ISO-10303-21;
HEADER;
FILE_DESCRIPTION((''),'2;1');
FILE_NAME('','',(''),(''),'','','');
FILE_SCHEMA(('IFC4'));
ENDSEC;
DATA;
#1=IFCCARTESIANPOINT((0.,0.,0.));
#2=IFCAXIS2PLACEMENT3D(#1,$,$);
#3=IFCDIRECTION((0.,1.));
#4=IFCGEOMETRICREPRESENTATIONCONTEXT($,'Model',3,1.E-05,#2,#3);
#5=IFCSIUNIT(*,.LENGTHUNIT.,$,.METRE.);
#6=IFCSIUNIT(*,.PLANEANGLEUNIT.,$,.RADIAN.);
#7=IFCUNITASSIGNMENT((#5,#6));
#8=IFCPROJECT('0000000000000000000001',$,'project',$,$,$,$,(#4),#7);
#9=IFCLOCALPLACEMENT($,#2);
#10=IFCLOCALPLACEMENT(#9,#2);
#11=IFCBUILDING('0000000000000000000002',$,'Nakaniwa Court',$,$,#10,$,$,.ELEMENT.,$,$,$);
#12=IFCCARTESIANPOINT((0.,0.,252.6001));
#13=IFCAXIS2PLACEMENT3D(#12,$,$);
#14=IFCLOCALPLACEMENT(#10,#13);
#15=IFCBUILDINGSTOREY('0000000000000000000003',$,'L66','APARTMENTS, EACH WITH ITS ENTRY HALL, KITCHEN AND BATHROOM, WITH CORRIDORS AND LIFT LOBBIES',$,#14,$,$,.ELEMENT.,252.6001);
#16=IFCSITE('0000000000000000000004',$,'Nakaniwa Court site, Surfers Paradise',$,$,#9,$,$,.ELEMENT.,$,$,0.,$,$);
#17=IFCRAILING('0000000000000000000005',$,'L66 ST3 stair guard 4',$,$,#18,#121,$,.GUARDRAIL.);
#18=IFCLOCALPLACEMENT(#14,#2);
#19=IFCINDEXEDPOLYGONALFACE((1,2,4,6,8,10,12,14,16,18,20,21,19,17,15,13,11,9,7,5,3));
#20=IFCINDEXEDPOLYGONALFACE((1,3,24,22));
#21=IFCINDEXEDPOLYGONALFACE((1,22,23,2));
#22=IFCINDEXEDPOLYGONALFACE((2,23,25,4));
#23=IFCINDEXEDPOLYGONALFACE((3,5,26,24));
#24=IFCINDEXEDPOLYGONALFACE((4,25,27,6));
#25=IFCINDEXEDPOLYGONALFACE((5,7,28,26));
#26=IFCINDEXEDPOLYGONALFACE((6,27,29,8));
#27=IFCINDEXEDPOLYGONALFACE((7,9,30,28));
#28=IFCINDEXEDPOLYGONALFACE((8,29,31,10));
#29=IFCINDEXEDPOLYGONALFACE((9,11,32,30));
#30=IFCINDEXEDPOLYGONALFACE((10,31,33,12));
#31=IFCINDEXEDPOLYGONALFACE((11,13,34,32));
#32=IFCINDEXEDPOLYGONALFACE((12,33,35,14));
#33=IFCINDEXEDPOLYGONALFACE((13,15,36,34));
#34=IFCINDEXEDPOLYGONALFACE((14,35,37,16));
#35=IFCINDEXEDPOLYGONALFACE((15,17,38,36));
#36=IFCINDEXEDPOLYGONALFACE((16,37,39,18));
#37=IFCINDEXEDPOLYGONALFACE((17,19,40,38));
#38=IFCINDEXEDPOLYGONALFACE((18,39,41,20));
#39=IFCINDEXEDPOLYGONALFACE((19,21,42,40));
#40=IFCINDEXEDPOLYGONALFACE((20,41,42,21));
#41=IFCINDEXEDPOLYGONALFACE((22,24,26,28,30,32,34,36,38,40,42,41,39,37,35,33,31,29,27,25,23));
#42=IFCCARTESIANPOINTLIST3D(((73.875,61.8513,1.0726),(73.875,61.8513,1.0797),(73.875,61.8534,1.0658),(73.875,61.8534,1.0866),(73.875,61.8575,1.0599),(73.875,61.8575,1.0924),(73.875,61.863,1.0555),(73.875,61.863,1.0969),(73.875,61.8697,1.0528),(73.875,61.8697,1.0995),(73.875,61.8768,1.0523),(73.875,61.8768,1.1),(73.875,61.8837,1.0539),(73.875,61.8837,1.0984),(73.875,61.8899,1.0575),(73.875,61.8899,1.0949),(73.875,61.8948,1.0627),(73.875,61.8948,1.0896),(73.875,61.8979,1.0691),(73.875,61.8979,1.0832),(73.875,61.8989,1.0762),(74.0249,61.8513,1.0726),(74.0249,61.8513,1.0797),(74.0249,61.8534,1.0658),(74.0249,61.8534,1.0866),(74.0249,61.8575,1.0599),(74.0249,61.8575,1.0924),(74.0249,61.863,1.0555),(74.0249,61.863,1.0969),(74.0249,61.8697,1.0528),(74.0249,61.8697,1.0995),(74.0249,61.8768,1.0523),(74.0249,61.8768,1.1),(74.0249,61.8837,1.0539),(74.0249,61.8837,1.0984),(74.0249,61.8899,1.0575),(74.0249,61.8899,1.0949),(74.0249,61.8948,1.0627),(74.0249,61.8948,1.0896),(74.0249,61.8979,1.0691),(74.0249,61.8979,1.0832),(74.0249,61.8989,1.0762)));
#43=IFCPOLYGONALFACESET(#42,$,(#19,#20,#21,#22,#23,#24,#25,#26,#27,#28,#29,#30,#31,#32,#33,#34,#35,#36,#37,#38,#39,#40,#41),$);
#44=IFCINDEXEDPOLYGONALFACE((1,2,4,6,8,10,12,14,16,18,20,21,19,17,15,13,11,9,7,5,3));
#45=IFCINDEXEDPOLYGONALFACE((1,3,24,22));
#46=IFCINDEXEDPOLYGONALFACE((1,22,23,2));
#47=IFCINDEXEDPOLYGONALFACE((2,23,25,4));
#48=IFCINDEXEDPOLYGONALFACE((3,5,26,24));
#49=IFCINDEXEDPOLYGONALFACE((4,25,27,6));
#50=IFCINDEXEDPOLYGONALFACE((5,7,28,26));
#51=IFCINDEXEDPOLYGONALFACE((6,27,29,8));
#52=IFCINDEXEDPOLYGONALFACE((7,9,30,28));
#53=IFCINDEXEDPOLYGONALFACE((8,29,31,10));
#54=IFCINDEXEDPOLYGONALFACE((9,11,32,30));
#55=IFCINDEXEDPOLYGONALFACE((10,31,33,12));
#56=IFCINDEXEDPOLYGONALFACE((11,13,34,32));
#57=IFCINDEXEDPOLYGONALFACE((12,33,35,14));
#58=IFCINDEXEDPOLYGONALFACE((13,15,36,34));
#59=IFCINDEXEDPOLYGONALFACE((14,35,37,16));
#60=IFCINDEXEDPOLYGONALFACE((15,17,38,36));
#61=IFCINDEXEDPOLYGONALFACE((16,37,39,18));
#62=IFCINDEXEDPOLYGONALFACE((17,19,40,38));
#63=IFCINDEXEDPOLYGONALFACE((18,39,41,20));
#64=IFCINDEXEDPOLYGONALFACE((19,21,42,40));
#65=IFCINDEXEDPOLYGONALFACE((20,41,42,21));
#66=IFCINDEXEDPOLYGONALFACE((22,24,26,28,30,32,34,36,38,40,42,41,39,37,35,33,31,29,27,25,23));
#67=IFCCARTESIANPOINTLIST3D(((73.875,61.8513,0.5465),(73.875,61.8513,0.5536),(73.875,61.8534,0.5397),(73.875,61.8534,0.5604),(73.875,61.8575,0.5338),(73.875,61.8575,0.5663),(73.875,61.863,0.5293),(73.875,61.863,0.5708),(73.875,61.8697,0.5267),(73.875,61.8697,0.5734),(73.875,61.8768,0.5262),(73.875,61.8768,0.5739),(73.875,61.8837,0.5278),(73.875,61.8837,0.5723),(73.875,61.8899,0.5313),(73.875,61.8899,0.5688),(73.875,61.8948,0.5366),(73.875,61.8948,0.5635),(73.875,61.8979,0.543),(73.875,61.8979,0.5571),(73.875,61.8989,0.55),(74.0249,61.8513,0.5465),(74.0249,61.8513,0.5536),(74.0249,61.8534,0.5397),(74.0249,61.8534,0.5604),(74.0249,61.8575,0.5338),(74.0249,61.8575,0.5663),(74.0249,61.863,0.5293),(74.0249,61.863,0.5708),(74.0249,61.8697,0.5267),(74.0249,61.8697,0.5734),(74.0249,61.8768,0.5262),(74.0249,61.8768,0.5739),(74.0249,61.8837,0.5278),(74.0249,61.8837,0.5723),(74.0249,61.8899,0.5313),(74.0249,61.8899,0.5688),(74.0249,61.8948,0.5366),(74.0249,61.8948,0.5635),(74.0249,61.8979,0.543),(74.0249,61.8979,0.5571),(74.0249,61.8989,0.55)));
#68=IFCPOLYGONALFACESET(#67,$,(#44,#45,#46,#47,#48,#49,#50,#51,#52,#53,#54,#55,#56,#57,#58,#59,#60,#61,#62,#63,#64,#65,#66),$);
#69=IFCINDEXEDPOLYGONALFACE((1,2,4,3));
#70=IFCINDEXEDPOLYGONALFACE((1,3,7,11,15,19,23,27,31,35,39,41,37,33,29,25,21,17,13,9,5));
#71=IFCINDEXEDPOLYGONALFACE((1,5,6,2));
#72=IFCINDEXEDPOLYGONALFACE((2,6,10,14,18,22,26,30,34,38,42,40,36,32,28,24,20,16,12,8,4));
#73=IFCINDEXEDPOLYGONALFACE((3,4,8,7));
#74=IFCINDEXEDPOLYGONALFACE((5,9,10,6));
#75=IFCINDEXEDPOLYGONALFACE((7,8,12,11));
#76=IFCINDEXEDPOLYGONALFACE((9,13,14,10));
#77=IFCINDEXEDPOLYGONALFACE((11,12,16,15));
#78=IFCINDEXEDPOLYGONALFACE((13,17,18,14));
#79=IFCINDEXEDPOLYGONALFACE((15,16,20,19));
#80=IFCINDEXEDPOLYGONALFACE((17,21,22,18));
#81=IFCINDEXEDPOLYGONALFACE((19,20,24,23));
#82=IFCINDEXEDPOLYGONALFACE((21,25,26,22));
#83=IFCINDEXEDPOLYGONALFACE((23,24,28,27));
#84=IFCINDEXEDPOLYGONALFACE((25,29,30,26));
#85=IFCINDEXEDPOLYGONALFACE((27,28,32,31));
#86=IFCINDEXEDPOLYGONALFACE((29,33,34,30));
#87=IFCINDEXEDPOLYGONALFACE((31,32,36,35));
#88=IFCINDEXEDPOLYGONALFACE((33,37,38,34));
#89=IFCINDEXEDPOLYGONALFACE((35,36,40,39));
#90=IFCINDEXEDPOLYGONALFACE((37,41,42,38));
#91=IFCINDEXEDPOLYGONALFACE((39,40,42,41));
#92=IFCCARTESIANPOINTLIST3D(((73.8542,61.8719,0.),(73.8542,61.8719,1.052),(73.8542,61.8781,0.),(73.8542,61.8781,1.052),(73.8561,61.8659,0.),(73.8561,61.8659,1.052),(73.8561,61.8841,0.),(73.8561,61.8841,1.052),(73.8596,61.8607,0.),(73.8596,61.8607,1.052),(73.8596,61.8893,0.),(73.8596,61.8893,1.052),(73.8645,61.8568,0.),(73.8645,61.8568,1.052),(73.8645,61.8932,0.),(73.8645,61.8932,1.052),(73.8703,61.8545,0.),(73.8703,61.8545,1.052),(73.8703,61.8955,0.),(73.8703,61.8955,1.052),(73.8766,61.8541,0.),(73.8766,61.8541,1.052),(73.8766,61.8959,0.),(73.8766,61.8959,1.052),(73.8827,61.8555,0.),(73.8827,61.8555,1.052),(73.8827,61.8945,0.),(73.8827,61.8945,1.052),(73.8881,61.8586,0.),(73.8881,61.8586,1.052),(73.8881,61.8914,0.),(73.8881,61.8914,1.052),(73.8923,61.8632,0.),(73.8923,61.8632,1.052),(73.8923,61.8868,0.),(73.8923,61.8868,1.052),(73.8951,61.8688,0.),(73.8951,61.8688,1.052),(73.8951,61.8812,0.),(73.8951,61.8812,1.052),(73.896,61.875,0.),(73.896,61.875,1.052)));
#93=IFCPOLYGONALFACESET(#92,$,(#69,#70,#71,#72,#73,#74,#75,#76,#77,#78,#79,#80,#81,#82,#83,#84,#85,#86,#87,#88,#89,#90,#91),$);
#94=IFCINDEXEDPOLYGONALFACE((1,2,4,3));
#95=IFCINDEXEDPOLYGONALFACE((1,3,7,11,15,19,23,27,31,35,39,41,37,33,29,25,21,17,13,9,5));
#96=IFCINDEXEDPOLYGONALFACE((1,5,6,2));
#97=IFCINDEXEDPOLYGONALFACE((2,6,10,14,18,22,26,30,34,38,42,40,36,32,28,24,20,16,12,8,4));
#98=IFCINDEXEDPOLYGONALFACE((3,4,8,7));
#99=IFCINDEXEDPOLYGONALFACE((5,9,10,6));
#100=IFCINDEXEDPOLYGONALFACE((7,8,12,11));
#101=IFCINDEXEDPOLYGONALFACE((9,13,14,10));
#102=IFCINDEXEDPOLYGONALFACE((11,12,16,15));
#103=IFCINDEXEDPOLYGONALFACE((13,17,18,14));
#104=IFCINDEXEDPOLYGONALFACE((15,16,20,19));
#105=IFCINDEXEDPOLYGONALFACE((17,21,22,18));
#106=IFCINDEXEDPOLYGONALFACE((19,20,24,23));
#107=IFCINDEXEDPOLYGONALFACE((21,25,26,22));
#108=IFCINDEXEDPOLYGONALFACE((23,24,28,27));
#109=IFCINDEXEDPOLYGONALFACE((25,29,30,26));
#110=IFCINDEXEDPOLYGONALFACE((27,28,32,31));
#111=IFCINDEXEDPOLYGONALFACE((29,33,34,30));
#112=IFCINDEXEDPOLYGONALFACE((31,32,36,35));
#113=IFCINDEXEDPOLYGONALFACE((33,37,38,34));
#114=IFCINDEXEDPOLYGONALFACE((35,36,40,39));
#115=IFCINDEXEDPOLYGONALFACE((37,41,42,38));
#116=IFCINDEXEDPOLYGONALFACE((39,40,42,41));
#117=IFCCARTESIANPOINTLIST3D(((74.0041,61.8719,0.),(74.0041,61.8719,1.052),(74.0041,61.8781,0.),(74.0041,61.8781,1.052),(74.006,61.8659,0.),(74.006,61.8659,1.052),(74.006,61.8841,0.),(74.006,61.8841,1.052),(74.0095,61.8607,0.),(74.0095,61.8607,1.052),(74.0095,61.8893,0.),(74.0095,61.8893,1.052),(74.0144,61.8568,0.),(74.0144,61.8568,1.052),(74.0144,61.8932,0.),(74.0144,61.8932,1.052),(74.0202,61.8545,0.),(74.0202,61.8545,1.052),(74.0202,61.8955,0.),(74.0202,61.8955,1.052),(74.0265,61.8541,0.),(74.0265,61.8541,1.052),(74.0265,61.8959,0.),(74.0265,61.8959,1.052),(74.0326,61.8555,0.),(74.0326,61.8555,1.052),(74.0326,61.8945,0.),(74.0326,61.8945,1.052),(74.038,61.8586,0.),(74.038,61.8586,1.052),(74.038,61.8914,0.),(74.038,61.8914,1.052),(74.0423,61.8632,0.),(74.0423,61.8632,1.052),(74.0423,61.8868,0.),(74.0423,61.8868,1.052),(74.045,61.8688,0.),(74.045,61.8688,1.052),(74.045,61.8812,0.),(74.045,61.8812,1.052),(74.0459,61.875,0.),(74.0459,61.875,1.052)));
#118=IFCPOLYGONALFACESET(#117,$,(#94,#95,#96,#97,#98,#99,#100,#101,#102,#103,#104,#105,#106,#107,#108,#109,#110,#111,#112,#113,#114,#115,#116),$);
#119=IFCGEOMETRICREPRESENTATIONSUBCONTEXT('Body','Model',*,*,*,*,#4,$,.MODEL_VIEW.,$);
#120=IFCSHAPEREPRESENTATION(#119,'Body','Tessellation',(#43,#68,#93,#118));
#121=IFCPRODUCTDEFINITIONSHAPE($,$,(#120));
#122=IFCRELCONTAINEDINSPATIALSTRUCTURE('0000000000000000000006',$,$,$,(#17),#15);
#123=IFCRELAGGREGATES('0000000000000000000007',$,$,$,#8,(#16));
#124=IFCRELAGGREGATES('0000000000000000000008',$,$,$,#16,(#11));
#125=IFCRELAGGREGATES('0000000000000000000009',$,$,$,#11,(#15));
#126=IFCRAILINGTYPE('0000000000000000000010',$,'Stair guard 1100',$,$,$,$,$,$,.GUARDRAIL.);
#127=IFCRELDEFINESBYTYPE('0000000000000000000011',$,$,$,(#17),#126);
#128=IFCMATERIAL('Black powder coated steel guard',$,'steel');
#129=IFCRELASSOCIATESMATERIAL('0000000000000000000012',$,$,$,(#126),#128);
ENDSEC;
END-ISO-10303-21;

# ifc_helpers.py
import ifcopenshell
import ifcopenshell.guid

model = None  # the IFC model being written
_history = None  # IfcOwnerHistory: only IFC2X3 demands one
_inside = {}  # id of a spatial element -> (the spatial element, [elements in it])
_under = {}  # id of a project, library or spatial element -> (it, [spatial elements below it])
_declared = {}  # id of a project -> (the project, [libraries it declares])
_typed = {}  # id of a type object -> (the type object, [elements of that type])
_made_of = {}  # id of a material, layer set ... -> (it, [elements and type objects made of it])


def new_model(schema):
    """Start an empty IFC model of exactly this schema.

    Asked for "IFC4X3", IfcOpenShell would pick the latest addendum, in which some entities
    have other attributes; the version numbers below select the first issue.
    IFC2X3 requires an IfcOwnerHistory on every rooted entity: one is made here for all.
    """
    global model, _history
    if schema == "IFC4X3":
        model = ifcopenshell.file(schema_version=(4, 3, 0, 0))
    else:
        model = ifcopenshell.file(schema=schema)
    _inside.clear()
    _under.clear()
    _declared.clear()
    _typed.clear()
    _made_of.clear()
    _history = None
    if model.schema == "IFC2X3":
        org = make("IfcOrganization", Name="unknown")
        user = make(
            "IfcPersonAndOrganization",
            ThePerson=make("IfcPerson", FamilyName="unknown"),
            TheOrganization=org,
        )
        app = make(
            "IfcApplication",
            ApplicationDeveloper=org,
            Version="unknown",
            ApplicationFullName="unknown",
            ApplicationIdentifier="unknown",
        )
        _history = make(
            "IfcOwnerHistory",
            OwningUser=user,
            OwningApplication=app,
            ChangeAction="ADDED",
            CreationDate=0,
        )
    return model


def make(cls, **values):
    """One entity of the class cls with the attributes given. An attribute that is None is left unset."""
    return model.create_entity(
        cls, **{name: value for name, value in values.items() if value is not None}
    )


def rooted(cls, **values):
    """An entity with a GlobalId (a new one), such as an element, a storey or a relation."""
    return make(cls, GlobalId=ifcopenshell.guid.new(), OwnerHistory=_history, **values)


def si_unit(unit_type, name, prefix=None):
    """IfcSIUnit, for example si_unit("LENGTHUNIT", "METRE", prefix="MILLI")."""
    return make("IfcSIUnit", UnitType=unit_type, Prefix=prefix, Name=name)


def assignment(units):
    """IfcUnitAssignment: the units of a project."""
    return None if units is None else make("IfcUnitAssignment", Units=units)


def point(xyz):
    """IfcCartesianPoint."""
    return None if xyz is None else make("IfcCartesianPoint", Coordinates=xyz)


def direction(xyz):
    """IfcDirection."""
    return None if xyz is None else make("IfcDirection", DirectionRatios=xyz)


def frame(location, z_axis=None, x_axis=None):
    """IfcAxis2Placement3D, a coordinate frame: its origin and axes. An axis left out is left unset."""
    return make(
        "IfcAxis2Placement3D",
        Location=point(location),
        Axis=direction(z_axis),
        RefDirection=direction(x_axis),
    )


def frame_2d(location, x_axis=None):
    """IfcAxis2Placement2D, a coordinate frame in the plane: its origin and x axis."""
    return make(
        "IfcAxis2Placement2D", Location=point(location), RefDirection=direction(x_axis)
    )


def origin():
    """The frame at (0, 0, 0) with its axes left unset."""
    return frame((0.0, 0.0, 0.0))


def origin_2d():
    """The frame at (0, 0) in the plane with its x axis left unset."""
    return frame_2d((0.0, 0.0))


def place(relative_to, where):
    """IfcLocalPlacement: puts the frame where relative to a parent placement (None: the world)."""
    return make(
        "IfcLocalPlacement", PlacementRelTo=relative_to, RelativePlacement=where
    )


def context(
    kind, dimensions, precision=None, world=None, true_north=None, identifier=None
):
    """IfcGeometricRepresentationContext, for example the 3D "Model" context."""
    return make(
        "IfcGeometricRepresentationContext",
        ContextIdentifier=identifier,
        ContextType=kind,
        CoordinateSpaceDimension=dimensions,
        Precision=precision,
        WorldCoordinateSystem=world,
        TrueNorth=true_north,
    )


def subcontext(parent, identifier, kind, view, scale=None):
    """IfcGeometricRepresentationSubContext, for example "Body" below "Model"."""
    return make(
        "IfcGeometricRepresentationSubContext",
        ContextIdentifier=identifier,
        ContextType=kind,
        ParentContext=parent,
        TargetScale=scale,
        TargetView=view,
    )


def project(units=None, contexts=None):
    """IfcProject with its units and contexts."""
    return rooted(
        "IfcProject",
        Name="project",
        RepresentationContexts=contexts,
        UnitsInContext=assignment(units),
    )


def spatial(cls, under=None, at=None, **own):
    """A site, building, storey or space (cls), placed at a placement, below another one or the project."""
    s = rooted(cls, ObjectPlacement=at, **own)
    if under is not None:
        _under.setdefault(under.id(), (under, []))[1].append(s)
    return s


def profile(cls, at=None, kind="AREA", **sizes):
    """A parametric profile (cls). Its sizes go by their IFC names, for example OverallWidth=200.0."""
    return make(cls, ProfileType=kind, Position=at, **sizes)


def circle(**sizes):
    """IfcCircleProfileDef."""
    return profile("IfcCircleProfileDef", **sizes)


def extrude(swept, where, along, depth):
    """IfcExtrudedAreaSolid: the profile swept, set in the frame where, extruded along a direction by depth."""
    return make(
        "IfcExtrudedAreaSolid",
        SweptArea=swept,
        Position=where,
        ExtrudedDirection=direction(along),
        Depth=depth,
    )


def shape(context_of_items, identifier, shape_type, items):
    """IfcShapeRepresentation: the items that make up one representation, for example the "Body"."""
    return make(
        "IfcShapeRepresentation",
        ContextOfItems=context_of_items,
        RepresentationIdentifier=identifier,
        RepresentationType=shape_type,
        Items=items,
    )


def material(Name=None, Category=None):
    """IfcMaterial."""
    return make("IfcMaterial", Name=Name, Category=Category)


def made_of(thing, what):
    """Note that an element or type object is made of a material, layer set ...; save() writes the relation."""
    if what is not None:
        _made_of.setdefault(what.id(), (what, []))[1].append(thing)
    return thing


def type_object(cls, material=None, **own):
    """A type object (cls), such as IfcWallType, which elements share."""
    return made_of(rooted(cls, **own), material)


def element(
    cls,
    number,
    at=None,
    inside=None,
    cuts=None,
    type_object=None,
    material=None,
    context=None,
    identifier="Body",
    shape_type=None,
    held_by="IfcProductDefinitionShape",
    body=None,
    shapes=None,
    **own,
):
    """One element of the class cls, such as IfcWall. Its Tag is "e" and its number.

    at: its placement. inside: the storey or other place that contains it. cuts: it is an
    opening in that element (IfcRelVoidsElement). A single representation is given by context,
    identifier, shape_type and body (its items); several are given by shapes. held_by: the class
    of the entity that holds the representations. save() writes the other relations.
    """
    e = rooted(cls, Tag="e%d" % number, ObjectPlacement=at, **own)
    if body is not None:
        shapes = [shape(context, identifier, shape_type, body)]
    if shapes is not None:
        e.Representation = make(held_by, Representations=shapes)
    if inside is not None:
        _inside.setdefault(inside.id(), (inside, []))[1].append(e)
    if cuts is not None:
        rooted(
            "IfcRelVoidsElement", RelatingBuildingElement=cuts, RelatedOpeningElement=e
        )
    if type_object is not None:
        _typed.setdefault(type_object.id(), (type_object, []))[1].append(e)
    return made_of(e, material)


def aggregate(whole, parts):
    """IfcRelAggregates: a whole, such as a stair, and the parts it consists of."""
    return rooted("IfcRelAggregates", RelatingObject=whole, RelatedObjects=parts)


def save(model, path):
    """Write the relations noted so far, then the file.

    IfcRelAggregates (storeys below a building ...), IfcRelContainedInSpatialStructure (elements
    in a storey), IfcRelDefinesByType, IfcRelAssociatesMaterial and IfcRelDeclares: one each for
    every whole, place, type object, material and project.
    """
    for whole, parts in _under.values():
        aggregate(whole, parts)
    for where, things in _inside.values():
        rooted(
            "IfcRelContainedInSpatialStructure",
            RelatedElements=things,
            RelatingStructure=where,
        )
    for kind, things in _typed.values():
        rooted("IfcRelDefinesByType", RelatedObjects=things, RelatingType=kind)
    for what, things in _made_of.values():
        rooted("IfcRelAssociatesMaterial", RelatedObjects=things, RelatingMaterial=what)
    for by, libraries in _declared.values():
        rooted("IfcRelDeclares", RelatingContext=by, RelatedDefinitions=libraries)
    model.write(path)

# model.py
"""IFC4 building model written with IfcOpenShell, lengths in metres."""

from ifc_helpers import new_model, si_unit, direction, frame, origin, origin_2d, place, context, subcontext, project, spatial, circle, extrude, material, type_object, element, save


model = new_model("IFC4")

# Units and contexts
model_context = context("Model", 3, precision=1e-05, world=origin(), true_north=direction((0.0, 1.0)))
body_context = subcontext(model_context, "Body", "Model", "MODEL_VIEW")
ifc_project = project(units=[si_unit("LENGTHUNIT", "METRE"), si_unit("PLANEANGLEUNIT", "RADIAN")], contexts=[model_context])

# Site, building, storey
site_placement = place(None, origin())
site = spatial("IfcSite", under=ifc_project, at=site_placement, Name="Nakaniwa Court site, Surfers Paradise", CompositionType="ELEMENT", RefElevation=0.0)
building_placement = place(site_placement, origin())
building = spatial("IfcBuilding", under=site, at=building_placement, Name="Nakaniwa Court", CompositionType="ELEMENT")
storey_placement = place(building_placement, frame((0.0, 0.0, 252.6001)))
storey = spatial("IfcBuildingStorey", under=building, at=storey_placement, Name="L66", Description="APARTMENTS, EACH WITH ITS ENTRY HALL, KITCHEN AND BATHROOM, WITH CORRIDORS AND LIFT LOBBIES", CompositionType="ELEMENT", Elevation=252.6001)

# Railing
ifc_material_1 = material(Name="Black powder coated steel guard", Category="steel")
railing_type_1 = type_object("IfcRailingType", Name="Stair guard 1100", PredefinedType="GUARDRAIL", material=ifc_material_1)
railing_1_placement = place(storey_placement, frame((73.875, 61.875, 0.0)))
element("IfcRailing", 1, at=railing_1_placement, inside=storey, type_object=railing_type_1, Name="L66 ST3 stair guard 4", PredefinedType="GUARDRAIL", context=body_context, shape_type="SweptSolid", body=[
    extrude(circle(Radius=0.0239, at=origin_2d()), frame((0.0, 0.0, 1.0762), z_axis=(1.0, 0.0, 0.0), x_axis=(0.0, 1.0, 0.0)), (0.0, 0.0, 1.0), 0.1499),
    extrude(circle(Radius=0.0239, at=origin_2d()), frame((0.0, 0.0, 0.55), z_axis=(1.0, 0.0, 0.0), x_axis=(0.0, 1.0, 0.0)), (0.0, 0.0, 1.0), 0.1499),
    extrude(circle(Radius=0.021, at=origin_2d()), origin(), (0.0, 0.0, 1.0), 1.052),
    extrude(circle(Radius=0.021, at=origin_2d()), frame((0.1499, 0.0, 0.0)), (0.0, 0.0, 1.0), 1.052),
])

save(model, "model.ifc")
